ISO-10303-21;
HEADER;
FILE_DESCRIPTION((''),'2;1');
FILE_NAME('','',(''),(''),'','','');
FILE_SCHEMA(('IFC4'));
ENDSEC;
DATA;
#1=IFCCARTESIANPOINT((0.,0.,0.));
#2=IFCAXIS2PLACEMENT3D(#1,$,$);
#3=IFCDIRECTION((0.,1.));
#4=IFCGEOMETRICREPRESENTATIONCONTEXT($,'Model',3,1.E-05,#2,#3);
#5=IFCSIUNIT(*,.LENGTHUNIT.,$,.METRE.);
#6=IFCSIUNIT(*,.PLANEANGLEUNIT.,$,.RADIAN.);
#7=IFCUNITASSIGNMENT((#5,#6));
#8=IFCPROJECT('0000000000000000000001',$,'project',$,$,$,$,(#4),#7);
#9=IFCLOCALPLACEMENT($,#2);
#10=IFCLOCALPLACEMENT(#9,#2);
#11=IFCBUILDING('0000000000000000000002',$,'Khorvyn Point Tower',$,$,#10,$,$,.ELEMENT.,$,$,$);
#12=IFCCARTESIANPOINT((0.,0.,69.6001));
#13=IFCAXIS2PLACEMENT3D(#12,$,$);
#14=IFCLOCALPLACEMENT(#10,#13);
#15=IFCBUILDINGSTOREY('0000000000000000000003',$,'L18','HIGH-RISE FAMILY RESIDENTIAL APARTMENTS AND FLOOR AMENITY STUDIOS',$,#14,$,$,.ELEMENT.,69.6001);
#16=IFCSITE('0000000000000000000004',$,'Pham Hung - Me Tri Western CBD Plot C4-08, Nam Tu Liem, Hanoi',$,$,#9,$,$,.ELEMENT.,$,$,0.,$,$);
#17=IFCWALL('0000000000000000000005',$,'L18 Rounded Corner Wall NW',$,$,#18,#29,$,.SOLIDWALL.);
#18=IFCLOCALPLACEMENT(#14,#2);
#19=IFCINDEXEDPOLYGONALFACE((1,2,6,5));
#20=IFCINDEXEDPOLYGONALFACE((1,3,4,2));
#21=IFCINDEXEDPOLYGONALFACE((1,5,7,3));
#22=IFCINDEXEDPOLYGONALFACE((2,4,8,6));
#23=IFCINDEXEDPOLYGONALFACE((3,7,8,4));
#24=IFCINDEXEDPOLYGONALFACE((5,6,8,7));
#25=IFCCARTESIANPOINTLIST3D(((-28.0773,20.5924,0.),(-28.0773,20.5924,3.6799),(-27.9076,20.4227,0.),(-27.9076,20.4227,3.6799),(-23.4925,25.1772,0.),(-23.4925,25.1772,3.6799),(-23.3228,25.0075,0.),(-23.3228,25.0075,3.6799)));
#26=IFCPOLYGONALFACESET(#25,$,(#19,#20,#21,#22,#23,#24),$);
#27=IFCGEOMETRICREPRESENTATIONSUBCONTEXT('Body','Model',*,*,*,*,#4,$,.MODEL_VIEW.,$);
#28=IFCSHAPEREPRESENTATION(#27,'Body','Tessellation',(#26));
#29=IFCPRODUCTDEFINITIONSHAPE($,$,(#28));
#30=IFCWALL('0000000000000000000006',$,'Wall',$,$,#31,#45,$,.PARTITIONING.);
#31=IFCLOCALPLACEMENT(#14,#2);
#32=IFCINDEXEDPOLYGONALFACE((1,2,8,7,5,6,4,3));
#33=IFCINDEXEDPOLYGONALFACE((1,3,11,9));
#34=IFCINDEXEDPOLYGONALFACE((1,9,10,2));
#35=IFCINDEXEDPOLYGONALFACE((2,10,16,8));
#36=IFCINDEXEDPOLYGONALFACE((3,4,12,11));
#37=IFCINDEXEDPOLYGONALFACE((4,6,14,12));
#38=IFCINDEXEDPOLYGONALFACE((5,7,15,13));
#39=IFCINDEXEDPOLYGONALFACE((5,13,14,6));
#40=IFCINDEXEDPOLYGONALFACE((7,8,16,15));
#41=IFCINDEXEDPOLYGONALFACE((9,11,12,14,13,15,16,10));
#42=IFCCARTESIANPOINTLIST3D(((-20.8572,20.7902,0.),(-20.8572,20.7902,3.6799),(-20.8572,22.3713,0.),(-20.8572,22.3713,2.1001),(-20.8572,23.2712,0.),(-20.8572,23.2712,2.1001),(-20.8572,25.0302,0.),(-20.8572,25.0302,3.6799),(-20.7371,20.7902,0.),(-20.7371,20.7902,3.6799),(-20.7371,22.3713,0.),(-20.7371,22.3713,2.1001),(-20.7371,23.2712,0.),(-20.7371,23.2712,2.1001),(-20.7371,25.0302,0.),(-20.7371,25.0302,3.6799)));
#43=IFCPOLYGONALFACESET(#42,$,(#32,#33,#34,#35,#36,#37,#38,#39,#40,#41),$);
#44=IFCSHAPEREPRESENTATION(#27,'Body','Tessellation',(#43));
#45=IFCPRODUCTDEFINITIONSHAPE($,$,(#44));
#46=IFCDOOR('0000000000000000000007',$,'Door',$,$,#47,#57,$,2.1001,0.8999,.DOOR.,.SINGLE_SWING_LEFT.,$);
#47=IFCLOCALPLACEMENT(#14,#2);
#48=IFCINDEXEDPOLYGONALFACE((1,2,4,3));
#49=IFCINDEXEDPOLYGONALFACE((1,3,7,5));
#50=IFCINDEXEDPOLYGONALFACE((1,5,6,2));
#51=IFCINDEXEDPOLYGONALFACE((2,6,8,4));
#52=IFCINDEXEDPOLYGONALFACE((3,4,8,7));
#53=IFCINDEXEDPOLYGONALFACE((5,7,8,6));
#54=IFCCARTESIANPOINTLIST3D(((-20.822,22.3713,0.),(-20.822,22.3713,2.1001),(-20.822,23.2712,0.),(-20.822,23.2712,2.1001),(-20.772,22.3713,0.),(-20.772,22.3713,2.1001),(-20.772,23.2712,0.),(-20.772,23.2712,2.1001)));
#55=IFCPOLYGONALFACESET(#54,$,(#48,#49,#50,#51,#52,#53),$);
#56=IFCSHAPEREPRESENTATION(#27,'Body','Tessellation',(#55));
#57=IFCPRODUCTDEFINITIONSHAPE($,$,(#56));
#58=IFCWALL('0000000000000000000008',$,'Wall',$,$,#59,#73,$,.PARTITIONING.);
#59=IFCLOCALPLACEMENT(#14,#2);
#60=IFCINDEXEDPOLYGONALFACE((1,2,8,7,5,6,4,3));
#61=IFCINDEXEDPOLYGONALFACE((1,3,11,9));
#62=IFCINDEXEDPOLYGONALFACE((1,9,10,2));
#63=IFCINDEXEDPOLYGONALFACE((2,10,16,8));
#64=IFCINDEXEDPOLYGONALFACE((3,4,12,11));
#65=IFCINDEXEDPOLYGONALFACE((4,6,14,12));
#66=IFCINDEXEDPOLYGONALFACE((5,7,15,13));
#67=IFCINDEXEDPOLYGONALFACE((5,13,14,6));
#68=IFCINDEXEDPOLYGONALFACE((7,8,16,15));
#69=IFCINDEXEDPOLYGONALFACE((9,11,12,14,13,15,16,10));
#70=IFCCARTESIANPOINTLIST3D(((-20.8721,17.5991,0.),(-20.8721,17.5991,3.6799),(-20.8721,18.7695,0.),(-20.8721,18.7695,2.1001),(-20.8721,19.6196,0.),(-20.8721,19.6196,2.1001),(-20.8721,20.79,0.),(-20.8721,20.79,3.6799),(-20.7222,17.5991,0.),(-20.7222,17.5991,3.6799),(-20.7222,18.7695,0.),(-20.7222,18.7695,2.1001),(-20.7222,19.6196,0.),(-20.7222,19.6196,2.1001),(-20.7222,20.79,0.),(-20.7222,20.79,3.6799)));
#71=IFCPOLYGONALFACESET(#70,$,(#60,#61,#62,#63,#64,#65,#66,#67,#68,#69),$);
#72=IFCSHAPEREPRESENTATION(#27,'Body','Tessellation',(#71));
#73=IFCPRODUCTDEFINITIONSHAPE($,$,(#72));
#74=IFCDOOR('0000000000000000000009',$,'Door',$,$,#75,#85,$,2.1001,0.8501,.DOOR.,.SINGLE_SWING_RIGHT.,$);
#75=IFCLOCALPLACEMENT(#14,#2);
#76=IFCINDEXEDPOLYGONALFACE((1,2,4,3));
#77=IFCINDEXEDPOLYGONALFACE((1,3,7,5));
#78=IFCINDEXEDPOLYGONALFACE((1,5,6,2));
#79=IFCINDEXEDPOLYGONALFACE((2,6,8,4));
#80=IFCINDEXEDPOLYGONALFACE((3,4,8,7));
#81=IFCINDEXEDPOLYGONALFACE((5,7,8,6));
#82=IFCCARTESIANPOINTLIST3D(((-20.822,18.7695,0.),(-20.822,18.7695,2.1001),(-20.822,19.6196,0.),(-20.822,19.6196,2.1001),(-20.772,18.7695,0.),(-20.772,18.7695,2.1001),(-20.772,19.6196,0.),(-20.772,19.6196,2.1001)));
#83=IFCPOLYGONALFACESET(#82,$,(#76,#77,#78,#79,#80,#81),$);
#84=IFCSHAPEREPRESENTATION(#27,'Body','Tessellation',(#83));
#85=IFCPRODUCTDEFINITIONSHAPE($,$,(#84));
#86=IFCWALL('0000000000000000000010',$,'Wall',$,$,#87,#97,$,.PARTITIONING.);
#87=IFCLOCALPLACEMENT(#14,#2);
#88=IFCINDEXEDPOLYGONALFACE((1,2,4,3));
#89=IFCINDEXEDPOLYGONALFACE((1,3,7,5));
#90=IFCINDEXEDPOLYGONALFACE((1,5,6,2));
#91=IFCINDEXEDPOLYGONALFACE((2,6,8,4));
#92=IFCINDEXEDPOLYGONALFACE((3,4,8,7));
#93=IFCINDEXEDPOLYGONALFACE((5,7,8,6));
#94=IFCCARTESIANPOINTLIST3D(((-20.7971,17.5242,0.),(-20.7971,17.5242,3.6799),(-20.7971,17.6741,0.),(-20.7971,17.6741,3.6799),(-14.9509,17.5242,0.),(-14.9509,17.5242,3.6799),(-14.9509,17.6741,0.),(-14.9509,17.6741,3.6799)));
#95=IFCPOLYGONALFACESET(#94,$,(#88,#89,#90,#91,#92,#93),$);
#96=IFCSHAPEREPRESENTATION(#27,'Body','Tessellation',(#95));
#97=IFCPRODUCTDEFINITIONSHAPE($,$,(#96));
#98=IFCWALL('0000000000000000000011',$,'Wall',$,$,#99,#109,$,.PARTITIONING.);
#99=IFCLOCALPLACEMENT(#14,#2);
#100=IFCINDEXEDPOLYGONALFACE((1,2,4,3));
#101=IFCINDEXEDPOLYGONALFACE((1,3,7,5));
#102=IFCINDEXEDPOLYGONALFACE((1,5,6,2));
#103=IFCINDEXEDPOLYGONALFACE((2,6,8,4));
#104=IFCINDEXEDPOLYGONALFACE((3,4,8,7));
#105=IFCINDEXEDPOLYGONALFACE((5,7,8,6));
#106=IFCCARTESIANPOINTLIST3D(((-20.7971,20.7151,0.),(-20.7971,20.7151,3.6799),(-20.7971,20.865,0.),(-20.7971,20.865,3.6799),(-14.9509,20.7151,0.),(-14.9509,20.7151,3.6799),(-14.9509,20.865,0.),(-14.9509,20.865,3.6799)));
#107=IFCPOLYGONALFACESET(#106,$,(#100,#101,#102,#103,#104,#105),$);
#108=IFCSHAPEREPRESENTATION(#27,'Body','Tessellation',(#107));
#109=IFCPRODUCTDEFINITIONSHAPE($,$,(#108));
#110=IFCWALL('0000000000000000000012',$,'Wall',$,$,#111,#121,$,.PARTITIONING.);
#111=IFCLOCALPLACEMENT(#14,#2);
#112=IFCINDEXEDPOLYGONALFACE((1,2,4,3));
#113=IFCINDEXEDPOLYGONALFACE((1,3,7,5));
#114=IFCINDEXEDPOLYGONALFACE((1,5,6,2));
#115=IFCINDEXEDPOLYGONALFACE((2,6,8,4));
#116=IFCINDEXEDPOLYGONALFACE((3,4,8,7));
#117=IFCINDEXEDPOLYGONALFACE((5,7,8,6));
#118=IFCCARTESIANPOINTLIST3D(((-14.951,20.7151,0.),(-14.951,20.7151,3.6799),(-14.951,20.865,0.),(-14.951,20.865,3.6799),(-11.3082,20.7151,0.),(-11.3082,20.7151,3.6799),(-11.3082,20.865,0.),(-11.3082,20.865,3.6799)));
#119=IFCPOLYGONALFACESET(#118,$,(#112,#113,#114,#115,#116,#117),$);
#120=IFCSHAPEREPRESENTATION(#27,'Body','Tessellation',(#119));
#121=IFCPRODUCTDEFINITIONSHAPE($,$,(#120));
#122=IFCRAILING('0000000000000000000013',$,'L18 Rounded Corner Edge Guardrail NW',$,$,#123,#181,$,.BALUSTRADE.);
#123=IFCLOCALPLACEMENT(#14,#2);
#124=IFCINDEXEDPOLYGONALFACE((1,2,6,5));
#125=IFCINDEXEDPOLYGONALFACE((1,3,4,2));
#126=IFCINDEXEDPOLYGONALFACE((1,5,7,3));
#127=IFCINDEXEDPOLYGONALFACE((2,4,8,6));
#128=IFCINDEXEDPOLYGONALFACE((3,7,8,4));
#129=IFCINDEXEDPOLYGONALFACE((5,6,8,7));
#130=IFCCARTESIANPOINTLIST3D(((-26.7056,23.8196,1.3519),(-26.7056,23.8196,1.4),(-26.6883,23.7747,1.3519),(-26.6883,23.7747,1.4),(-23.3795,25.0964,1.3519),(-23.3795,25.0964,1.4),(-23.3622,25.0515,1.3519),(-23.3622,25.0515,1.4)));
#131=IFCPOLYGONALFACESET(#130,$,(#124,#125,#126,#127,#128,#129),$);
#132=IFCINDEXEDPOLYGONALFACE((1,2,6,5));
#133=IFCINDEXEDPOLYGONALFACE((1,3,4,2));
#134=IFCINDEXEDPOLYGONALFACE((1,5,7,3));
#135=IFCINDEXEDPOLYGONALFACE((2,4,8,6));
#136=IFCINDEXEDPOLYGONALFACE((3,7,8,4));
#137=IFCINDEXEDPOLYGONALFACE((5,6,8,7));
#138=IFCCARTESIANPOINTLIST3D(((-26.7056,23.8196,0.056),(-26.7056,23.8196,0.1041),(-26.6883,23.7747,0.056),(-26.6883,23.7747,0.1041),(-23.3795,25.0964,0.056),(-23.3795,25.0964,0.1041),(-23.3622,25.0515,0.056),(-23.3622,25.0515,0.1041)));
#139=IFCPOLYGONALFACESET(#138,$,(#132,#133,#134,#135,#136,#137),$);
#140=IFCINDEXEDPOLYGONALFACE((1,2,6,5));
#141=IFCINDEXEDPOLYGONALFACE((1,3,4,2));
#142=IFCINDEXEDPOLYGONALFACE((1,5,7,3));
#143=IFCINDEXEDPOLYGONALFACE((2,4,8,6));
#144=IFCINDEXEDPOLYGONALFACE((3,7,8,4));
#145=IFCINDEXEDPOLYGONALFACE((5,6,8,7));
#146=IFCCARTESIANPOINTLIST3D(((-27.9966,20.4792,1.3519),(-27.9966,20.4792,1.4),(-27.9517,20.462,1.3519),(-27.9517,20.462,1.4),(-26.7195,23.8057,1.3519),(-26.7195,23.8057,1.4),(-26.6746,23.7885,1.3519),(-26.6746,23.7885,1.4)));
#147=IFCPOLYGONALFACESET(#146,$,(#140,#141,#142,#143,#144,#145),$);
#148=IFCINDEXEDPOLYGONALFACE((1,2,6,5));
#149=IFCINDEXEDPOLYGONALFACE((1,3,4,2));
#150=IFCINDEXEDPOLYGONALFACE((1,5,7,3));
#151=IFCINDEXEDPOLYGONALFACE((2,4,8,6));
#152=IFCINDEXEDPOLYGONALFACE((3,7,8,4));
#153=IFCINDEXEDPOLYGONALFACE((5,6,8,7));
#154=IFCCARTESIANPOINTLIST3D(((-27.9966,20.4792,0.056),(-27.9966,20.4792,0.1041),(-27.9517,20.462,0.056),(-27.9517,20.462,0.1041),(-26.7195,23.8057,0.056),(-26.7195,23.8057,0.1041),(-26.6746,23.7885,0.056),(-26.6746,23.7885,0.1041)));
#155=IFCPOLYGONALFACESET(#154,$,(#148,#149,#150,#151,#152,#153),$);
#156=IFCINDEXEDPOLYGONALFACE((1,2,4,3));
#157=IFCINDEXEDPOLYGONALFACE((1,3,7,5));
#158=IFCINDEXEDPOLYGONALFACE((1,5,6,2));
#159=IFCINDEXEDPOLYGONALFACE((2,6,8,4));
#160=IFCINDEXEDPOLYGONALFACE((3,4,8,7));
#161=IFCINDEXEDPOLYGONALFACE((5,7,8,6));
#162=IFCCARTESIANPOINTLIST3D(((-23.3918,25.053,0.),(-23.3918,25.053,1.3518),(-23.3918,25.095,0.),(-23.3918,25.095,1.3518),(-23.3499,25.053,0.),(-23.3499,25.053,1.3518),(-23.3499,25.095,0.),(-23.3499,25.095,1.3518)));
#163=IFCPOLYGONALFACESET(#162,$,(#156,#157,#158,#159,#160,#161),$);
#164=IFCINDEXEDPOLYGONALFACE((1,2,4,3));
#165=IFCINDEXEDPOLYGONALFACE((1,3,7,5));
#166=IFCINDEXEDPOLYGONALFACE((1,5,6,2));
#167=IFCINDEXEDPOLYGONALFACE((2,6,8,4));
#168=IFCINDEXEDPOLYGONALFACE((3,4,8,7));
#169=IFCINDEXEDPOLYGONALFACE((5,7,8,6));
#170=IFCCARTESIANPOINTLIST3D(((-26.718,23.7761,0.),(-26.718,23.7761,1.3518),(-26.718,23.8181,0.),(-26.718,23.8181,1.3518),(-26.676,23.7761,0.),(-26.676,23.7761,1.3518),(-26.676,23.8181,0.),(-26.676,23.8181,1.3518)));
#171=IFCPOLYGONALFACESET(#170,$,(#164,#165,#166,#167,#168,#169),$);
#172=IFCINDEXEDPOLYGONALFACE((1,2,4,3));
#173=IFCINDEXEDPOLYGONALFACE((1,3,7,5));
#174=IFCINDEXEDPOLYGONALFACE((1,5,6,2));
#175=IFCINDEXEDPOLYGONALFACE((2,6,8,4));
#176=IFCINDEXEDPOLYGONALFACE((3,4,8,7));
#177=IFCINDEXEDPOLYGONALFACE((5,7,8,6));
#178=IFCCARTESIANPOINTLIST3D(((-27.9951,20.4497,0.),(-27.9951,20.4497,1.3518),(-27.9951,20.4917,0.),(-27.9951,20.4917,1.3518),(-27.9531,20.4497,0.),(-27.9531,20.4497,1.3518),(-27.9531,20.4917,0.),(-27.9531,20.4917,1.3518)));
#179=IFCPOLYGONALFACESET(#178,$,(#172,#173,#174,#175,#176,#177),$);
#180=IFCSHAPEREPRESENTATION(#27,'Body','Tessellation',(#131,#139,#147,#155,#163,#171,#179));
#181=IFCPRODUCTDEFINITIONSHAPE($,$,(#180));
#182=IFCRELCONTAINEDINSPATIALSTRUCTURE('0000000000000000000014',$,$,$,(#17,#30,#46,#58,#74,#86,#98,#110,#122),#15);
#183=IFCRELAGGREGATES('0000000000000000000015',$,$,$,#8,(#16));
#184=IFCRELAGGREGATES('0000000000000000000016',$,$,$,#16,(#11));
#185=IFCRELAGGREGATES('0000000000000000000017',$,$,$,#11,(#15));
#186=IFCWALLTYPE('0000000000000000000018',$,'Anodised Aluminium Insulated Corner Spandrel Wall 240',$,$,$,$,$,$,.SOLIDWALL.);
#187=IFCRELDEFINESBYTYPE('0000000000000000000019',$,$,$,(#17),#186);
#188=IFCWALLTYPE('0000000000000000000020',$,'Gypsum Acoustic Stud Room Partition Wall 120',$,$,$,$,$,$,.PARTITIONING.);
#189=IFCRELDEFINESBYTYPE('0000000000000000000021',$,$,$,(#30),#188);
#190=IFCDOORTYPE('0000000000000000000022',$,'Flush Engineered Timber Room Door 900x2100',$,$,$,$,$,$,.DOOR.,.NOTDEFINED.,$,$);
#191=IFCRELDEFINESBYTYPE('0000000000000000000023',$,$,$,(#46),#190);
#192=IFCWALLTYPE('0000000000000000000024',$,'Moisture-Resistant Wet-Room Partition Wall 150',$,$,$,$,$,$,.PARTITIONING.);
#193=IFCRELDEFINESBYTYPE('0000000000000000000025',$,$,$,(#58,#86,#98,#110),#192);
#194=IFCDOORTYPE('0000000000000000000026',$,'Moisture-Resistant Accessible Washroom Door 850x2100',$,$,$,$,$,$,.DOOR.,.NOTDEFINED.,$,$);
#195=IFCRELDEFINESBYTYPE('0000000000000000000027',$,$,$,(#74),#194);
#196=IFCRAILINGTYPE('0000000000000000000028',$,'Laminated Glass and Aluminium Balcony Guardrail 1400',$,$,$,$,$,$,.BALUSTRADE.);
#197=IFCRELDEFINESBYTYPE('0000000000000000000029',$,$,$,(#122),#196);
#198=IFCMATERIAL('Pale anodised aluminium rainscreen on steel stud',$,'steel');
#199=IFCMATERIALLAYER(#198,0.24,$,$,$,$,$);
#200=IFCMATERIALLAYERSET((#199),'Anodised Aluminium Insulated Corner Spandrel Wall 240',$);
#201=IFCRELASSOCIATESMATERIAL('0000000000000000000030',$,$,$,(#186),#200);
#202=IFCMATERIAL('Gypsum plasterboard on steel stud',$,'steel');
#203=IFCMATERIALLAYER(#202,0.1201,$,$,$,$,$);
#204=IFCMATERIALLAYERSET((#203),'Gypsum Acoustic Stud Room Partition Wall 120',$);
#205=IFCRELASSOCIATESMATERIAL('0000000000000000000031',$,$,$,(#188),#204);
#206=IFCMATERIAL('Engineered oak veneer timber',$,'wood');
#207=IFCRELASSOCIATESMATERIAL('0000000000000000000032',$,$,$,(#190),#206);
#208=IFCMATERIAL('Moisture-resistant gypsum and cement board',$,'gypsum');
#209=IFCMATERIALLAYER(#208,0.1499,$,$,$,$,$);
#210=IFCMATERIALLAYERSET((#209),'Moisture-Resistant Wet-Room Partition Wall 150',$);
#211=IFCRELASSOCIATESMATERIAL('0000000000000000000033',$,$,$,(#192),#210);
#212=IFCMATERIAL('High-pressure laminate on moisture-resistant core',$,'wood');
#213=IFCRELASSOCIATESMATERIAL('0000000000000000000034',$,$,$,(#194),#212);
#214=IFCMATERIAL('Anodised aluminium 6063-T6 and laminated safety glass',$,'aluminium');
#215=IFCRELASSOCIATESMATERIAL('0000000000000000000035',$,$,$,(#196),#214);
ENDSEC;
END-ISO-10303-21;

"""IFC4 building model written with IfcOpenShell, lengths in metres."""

from ifc_helpers import new_model, si_unit, direction, frame, frame_2d, origin, origin_2d, place, context, subcontext, project, spatial, rectangle, extrude, material, layer, layer_set, type_object, element, fill, save


model = new_model("IFC4")

# Units and contexts
model_context = context("Model", 3, precision=1e-05, world=origin(), true_north=direction((0.0, 1.0)))
body_context = subcontext(model_context, "Body", "Model", "MODEL_VIEW")
ifc_project = project(units=[si_unit("LENGTHUNIT", "METRE"), si_unit("PLANEANGLEUNIT", "RADIAN")], contexts=[model_context])

# Site, building, storey
site_placement = place(None, origin())
site = spatial("IfcSite", under=ifc_project, at=site_placement, Name="Pham Hung - Me Tri Western CBD Plot C4-08, Nam Tu Liem, Hanoi", CompositionType="ELEMENT", RefElevation=0.0)
building_placement = place(site_placement, origin())
building = spatial("IfcBuilding", under=site, at=building_placement, Name="Khorvyn Point Tower", CompositionType="ELEMENT")
storey_placement = place(building_placement, frame((0.0, 0.0, 69.6001)))
storey = spatial("IfcBuildingStorey", under=building, at=storey_placement, Name="L18", Description="HIGH-RISE FAMILY RESIDENTIAL APARTMENTS AND FLOOR AMENITY STUDIOS", CompositionType="ELEMENT", Elevation=69.6001)

# Wall
ifc_material_1 = material(Name="Pale anodised aluminium rainscreen on steel stud", Category="steel")
ifc_layer_1 = layer(ifc_material_1, 0.24)
ifc_layer_set_1 = layer_set([ifc_layer_1], Name="Anodised Aluminium Insulated Corner Spandrel Wall 240")
wall_type_1 = type_object("IfcWallType", Name="Anodised Aluminium Insulated Corner Spandrel Wall 240", PredefinedType="SOLIDWALL", material=ifc_layer_set_1)
wall_1_placement = place(storey_placement, frame((-27.9924, 20.5076, 0.0), z_axis=(0.0, 0.0, 1.0), x_axis=(0.707107, 0.707107, 0.0)))
element("IfcWall", 1, at=wall_1_placement, inside=storey, type_object=wall_type_1, Name="L18 Rounded Corner Wall NW", PredefinedType="SOLIDWALL", context=body_context, shape_type="SweptSolid", body=[
    extrude(rectangle(XDim=6.4839, YDim=0.24, at=frame_2d((3.2419, 0.0))), origin(), (0.0, 0.0, 1.0), 3.6799),
])

# Walls, openings, doors
ifc_material_2 = material(Name="Gypsum plasterboard on steel stud", Category="steel")
ifc_layer_2 = layer(ifc_material_2, 0.1201)
ifc_layer_set_2 = layer_set([ifc_layer_2], Name="Gypsum Acoustic Stud Room Partition Wall 120")
wall_type_2 = type_object("IfcWallType", Name="Gypsum Acoustic Stud Room Partition Wall 120", PredefinedType="PARTITIONING", material=ifc_layer_set_2)
wall_2_placement = place(storey_placement, frame((-20.7971, 20.79, 0.0), z_axis=(0.0, 0.0, 1.0), x_axis=(0.0, 1.0, 0.0)))
wall_2 = element("IfcWall", 2, at=wall_2_placement, inside=storey, type_object=wall_type_2, Name="Wall", PredefinedType="PARTITIONING", context=body_context, shape_type="SweptSolid", body=[
    extrude(rectangle(XDim=4.24, YDim=0.1201, at=frame_2d((2.1201, 0.0))), origin(), (0.0, 0.0, 1.0), 3.6799),
])
opening_1_placement = place(wall_2_placement, frame((1.5813, 0.0, 0.0)))
opening_1 = element("IfcOpeningElement", 3, at=opening_1_placement, cuts=wall_2, PredefinedType="OPENING", context=body_context, shape_type="SweptSolid", body=[
    extrude(rectangle(XDim=0.8999, YDim=2.1001, at=frame_2d((0.45, 1.05))), frame((0.0, 0.0701, 0.0), z_axis=(0.0, -1.0, 0.0), x_axis=(1.0, 0.0, 0.0)), (0.0, 0.0, 1.0), 0.1401),
])
ifc_material_3 = material(Name="Engineered oak veneer timber", Category="wood")
door_type_1 = type_object("IfcDoorType", Name="Flush Engineered Timber Room Door 900x2100", OperationType="NOTDEFINED", PredefinedType="DOOR", material=ifc_material_3)
door_1_placement = place(opening_1_placement, origin())
door_1 = element("IfcDoor", 4, at=door_1_placement, inside=storey, type_object=door_type_1, Name="Door", OperationType="SINGLE_SWING_LEFT", OverallHeight=2.1001, OverallWidth=0.8999, PredefinedType="DOOR", context=body_context, shape_type="SweptSolid", body=[
    extrude(rectangle(XDim=0.8999, YDim=2.1001, at=frame_2d((0.45, 1.05))), frame((0.0, 0.0249, 0.0), z_axis=(0.0, -1.0, 0.0), x_axis=(1.0, 0.0, 0.0)), (0.0, 0.0, 1.0), 0.05),
])
fill(opening_1, door_1)
ifc_material_4 = material(Name="Moisture-resistant gypsum and cement board", Category="gypsum")
ifc_layer_3 = layer(ifc_material_4, 0.1499)
ifc_layer_set_3 = layer_set([ifc_layer_3], Name="Moisture-Resistant Wet-Room Partition Wall 150")
wall_type_3 = type_object("IfcWallType", Name="Moisture-Resistant Wet-Room Partition Wall 150", PredefinedType="PARTITIONING", material=ifc_layer_set_3)
wall_3_placement = place(storey_placement, frame((-20.7971, 17.5991, 0.0), z_axis=(0.0, 0.0, 1.0), x_axis=(0.0, 1.0, 0.0)))
wall_3 = element("IfcWall", 5, at=wall_3_placement, inside=storey, type_object=wall_type_3, Name="Wall", PredefinedType="PARTITIONING", context=body_context, shape_type="SweptSolid", body=[
    extrude(rectangle(XDim=3.1909, YDim=0.1499, at=frame_2d((1.5955, 0.0))), origin(), (0.0, 0.0, 1.0), 3.6799),
])
opening_2_placement = place(wall_3_placement, frame((1.1704, 0.0, 0.0)))
opening_2 = element("IfcOpeningElement", 6, at=opening_2_placement, cuts=wall_3, PredefinedType="OPENING", context=body_context, shape_type="SweptSolid", body=[
    extrude(rectangle(XDim=0.8501, YDim=2.1001, at=frame_2d((0.425, 1.05))), frame((0.0, 0.085, 0.0), z_axis=(0.0, -1.0, 0.0), x_axis=(1.0, 0.0, 0.0)), (0.0, 0.0, 1.0), 0.1699),
])
ifc_material_5 = material(Name="High-pressure laminate on moisture-resistant core", Category="wood")
door_type_2 = type_object("IfcDoorType", Name="Moisture-Resistant Accessible Washroom Door 850x2100", OperationType="NOTDEFINED", PredefinedType="DOOR", material=ifc_material_5)
door_2_placement = place(opening_2_placement, origin())
door_2 = element("IfcDoor", 7, at=door_2_placement, inside=storey, type_object=door_type_2, Name="Door", OperationType="SINGLE_SWING_RIGHT", OverallHeight=2.1001, OverallWidth=0.8501, PredefinedType="DOOR", context=body_context, shape_type="SweptSolid", body=[
    extrude(rectangle(XDim=0.8501, YDim=2.1001, at=frame_2d((0.425, 1.05))), frame((0.0, 0.0249, 0.0), z_axis=(0.0, -1.0, 0.0), x_axis=(1.0, 0.0, 0.0)), (0.0, 0.0, 1.0), 0.05),
])
fill(opening_2, door_2)

# Walls
for number, where, z_axis, x_axis, name in (
    (8, (-20.7971, 17.5991, 0.0), (0.0, 0.0, 1.0), (1.0, 0.0, 0.0), "Wall"),
    (9, (-20.7971, 20.79, 0.0), (0.0, 0.0, 1.0), (1.0, 0.0, 0.0), "Wall"),
):
    element("IfcWall", number, at=place(storey_placement, frame(where, z_axis=z_axis, x_axis=x_axis)), inside=storey, type_object=wall_type_3, Name=name, PredefinedType="PARTITIONING", context=body_context, shape_type="SweptSolid", body=[
        extrude(rectangle(XDim=5.8462, YDim=0.1499, at=frame_2d((2.9231, 0.0))), origin(), (0.0, 0.0, 1.0), 3.6799),
    ])
wall_4_placement = place(storey_placement, frame((-14.9509, 20.79, 0.0), z_axis=(0.0, 0.0, 1.0), x_axis=(1.0, 0.0, 0.0)))
element("IfcWall", 10, at=wall_4_placement, inside=storey, type_object=wall_type_3, Name="Wall", PredefinedType="PARTITIONING", context=body_context, shape_type="SweptSolid", body=[
    extrude(rectangle(XDim=3.6428, YDim=0.1499, at=frame_2d((1.8213, 0.0))), origin(), (0.0, 0.0, 1.0), 3.6799),
])

# Railing
ifc_material_6 = material(Name="Anodised aluminium 6063-T6 and laminated safety glass", Category="aluminium")
railing_type = type_object("IfcRailingType", Name="Laminated Glass and Aluminium Balcony Guardrail 1400", PredefinedType="BALUSTRADE", material=ifc_material_6)
railing_1_placement = place(storey_placement, frame((-23.3708, 25.074, 0.0)))
element("IfcRailing", 11, at=railing_1_placement, inside=storey, type_object=railing_type, Name="L18 Rounded Corner Edge Guardrail NW", PredefinedType="BALUSTRADE", context=body_context, shape_type="SweptSolid", body=[
    extrude(rectangle(XDim=0.0481, YDim=0.0481, at=origin_2d()), frame((0.0, 0.0, 1.376), z_axis=(-0.933575, -0.358382, 0.0), x_axis=(0.358382, -0.933575, 0.0)), (0.0, 0.0, 1.0), 3.5627),
    extrude(rectangle(XDim=0.0481, YDim=0.0481, at=origin_2d()), frame((0.0, 0.0, 0.0801), z_axis=(-0.933575, -0.358382, 0.0), x_axis=(0.358382, -0.933575, 0.0)), (0.0, 0.0, 1.0), 3.5627),
    extrude(rectangle(XDim=0.0481, YDim=0.0481, at=origin_2d()), frame((-3.3262, -1.2769, 1.376), z_axis=(-0.358419, -0.933561, 0.0), x_axis=(0.933561, -0.358419, 0.0)), (0.0, 0.0, 1.0), 3.5632),
    extrude(rectangle(XDim=0.0481, YDim=0.0481, at=origin_2d()), frame((-3.3262, -1.2769, 0.0801), z_axis=(-0.358419, -0.933561, 0.0), x_axis=(0.933561, -0.358419, 0.0)), (0.0, 0.0, 1.0), 3.5632),
    extrude(rectangle(XDim=0.042, YDim=0.042, at=origin_2d()), origin(), (0.0, 0.0, 1.0), 1.3518),
    extrude(rectangle(XDim=0.042, YDim=0.042, at=origin_2d()), frame((-3.3262, -1.2769, 0.0)), (0.0, 0.0, 1.0), 1.3518),
    extrude(rectangle(XDim=0.042, YDim=0.042, at=origin_2d()), frame((-4.6033, -4.6033, 0.0)), (0.0, 0.0, 1.0), 1.3518),
])

save(model, "model.ifc")
